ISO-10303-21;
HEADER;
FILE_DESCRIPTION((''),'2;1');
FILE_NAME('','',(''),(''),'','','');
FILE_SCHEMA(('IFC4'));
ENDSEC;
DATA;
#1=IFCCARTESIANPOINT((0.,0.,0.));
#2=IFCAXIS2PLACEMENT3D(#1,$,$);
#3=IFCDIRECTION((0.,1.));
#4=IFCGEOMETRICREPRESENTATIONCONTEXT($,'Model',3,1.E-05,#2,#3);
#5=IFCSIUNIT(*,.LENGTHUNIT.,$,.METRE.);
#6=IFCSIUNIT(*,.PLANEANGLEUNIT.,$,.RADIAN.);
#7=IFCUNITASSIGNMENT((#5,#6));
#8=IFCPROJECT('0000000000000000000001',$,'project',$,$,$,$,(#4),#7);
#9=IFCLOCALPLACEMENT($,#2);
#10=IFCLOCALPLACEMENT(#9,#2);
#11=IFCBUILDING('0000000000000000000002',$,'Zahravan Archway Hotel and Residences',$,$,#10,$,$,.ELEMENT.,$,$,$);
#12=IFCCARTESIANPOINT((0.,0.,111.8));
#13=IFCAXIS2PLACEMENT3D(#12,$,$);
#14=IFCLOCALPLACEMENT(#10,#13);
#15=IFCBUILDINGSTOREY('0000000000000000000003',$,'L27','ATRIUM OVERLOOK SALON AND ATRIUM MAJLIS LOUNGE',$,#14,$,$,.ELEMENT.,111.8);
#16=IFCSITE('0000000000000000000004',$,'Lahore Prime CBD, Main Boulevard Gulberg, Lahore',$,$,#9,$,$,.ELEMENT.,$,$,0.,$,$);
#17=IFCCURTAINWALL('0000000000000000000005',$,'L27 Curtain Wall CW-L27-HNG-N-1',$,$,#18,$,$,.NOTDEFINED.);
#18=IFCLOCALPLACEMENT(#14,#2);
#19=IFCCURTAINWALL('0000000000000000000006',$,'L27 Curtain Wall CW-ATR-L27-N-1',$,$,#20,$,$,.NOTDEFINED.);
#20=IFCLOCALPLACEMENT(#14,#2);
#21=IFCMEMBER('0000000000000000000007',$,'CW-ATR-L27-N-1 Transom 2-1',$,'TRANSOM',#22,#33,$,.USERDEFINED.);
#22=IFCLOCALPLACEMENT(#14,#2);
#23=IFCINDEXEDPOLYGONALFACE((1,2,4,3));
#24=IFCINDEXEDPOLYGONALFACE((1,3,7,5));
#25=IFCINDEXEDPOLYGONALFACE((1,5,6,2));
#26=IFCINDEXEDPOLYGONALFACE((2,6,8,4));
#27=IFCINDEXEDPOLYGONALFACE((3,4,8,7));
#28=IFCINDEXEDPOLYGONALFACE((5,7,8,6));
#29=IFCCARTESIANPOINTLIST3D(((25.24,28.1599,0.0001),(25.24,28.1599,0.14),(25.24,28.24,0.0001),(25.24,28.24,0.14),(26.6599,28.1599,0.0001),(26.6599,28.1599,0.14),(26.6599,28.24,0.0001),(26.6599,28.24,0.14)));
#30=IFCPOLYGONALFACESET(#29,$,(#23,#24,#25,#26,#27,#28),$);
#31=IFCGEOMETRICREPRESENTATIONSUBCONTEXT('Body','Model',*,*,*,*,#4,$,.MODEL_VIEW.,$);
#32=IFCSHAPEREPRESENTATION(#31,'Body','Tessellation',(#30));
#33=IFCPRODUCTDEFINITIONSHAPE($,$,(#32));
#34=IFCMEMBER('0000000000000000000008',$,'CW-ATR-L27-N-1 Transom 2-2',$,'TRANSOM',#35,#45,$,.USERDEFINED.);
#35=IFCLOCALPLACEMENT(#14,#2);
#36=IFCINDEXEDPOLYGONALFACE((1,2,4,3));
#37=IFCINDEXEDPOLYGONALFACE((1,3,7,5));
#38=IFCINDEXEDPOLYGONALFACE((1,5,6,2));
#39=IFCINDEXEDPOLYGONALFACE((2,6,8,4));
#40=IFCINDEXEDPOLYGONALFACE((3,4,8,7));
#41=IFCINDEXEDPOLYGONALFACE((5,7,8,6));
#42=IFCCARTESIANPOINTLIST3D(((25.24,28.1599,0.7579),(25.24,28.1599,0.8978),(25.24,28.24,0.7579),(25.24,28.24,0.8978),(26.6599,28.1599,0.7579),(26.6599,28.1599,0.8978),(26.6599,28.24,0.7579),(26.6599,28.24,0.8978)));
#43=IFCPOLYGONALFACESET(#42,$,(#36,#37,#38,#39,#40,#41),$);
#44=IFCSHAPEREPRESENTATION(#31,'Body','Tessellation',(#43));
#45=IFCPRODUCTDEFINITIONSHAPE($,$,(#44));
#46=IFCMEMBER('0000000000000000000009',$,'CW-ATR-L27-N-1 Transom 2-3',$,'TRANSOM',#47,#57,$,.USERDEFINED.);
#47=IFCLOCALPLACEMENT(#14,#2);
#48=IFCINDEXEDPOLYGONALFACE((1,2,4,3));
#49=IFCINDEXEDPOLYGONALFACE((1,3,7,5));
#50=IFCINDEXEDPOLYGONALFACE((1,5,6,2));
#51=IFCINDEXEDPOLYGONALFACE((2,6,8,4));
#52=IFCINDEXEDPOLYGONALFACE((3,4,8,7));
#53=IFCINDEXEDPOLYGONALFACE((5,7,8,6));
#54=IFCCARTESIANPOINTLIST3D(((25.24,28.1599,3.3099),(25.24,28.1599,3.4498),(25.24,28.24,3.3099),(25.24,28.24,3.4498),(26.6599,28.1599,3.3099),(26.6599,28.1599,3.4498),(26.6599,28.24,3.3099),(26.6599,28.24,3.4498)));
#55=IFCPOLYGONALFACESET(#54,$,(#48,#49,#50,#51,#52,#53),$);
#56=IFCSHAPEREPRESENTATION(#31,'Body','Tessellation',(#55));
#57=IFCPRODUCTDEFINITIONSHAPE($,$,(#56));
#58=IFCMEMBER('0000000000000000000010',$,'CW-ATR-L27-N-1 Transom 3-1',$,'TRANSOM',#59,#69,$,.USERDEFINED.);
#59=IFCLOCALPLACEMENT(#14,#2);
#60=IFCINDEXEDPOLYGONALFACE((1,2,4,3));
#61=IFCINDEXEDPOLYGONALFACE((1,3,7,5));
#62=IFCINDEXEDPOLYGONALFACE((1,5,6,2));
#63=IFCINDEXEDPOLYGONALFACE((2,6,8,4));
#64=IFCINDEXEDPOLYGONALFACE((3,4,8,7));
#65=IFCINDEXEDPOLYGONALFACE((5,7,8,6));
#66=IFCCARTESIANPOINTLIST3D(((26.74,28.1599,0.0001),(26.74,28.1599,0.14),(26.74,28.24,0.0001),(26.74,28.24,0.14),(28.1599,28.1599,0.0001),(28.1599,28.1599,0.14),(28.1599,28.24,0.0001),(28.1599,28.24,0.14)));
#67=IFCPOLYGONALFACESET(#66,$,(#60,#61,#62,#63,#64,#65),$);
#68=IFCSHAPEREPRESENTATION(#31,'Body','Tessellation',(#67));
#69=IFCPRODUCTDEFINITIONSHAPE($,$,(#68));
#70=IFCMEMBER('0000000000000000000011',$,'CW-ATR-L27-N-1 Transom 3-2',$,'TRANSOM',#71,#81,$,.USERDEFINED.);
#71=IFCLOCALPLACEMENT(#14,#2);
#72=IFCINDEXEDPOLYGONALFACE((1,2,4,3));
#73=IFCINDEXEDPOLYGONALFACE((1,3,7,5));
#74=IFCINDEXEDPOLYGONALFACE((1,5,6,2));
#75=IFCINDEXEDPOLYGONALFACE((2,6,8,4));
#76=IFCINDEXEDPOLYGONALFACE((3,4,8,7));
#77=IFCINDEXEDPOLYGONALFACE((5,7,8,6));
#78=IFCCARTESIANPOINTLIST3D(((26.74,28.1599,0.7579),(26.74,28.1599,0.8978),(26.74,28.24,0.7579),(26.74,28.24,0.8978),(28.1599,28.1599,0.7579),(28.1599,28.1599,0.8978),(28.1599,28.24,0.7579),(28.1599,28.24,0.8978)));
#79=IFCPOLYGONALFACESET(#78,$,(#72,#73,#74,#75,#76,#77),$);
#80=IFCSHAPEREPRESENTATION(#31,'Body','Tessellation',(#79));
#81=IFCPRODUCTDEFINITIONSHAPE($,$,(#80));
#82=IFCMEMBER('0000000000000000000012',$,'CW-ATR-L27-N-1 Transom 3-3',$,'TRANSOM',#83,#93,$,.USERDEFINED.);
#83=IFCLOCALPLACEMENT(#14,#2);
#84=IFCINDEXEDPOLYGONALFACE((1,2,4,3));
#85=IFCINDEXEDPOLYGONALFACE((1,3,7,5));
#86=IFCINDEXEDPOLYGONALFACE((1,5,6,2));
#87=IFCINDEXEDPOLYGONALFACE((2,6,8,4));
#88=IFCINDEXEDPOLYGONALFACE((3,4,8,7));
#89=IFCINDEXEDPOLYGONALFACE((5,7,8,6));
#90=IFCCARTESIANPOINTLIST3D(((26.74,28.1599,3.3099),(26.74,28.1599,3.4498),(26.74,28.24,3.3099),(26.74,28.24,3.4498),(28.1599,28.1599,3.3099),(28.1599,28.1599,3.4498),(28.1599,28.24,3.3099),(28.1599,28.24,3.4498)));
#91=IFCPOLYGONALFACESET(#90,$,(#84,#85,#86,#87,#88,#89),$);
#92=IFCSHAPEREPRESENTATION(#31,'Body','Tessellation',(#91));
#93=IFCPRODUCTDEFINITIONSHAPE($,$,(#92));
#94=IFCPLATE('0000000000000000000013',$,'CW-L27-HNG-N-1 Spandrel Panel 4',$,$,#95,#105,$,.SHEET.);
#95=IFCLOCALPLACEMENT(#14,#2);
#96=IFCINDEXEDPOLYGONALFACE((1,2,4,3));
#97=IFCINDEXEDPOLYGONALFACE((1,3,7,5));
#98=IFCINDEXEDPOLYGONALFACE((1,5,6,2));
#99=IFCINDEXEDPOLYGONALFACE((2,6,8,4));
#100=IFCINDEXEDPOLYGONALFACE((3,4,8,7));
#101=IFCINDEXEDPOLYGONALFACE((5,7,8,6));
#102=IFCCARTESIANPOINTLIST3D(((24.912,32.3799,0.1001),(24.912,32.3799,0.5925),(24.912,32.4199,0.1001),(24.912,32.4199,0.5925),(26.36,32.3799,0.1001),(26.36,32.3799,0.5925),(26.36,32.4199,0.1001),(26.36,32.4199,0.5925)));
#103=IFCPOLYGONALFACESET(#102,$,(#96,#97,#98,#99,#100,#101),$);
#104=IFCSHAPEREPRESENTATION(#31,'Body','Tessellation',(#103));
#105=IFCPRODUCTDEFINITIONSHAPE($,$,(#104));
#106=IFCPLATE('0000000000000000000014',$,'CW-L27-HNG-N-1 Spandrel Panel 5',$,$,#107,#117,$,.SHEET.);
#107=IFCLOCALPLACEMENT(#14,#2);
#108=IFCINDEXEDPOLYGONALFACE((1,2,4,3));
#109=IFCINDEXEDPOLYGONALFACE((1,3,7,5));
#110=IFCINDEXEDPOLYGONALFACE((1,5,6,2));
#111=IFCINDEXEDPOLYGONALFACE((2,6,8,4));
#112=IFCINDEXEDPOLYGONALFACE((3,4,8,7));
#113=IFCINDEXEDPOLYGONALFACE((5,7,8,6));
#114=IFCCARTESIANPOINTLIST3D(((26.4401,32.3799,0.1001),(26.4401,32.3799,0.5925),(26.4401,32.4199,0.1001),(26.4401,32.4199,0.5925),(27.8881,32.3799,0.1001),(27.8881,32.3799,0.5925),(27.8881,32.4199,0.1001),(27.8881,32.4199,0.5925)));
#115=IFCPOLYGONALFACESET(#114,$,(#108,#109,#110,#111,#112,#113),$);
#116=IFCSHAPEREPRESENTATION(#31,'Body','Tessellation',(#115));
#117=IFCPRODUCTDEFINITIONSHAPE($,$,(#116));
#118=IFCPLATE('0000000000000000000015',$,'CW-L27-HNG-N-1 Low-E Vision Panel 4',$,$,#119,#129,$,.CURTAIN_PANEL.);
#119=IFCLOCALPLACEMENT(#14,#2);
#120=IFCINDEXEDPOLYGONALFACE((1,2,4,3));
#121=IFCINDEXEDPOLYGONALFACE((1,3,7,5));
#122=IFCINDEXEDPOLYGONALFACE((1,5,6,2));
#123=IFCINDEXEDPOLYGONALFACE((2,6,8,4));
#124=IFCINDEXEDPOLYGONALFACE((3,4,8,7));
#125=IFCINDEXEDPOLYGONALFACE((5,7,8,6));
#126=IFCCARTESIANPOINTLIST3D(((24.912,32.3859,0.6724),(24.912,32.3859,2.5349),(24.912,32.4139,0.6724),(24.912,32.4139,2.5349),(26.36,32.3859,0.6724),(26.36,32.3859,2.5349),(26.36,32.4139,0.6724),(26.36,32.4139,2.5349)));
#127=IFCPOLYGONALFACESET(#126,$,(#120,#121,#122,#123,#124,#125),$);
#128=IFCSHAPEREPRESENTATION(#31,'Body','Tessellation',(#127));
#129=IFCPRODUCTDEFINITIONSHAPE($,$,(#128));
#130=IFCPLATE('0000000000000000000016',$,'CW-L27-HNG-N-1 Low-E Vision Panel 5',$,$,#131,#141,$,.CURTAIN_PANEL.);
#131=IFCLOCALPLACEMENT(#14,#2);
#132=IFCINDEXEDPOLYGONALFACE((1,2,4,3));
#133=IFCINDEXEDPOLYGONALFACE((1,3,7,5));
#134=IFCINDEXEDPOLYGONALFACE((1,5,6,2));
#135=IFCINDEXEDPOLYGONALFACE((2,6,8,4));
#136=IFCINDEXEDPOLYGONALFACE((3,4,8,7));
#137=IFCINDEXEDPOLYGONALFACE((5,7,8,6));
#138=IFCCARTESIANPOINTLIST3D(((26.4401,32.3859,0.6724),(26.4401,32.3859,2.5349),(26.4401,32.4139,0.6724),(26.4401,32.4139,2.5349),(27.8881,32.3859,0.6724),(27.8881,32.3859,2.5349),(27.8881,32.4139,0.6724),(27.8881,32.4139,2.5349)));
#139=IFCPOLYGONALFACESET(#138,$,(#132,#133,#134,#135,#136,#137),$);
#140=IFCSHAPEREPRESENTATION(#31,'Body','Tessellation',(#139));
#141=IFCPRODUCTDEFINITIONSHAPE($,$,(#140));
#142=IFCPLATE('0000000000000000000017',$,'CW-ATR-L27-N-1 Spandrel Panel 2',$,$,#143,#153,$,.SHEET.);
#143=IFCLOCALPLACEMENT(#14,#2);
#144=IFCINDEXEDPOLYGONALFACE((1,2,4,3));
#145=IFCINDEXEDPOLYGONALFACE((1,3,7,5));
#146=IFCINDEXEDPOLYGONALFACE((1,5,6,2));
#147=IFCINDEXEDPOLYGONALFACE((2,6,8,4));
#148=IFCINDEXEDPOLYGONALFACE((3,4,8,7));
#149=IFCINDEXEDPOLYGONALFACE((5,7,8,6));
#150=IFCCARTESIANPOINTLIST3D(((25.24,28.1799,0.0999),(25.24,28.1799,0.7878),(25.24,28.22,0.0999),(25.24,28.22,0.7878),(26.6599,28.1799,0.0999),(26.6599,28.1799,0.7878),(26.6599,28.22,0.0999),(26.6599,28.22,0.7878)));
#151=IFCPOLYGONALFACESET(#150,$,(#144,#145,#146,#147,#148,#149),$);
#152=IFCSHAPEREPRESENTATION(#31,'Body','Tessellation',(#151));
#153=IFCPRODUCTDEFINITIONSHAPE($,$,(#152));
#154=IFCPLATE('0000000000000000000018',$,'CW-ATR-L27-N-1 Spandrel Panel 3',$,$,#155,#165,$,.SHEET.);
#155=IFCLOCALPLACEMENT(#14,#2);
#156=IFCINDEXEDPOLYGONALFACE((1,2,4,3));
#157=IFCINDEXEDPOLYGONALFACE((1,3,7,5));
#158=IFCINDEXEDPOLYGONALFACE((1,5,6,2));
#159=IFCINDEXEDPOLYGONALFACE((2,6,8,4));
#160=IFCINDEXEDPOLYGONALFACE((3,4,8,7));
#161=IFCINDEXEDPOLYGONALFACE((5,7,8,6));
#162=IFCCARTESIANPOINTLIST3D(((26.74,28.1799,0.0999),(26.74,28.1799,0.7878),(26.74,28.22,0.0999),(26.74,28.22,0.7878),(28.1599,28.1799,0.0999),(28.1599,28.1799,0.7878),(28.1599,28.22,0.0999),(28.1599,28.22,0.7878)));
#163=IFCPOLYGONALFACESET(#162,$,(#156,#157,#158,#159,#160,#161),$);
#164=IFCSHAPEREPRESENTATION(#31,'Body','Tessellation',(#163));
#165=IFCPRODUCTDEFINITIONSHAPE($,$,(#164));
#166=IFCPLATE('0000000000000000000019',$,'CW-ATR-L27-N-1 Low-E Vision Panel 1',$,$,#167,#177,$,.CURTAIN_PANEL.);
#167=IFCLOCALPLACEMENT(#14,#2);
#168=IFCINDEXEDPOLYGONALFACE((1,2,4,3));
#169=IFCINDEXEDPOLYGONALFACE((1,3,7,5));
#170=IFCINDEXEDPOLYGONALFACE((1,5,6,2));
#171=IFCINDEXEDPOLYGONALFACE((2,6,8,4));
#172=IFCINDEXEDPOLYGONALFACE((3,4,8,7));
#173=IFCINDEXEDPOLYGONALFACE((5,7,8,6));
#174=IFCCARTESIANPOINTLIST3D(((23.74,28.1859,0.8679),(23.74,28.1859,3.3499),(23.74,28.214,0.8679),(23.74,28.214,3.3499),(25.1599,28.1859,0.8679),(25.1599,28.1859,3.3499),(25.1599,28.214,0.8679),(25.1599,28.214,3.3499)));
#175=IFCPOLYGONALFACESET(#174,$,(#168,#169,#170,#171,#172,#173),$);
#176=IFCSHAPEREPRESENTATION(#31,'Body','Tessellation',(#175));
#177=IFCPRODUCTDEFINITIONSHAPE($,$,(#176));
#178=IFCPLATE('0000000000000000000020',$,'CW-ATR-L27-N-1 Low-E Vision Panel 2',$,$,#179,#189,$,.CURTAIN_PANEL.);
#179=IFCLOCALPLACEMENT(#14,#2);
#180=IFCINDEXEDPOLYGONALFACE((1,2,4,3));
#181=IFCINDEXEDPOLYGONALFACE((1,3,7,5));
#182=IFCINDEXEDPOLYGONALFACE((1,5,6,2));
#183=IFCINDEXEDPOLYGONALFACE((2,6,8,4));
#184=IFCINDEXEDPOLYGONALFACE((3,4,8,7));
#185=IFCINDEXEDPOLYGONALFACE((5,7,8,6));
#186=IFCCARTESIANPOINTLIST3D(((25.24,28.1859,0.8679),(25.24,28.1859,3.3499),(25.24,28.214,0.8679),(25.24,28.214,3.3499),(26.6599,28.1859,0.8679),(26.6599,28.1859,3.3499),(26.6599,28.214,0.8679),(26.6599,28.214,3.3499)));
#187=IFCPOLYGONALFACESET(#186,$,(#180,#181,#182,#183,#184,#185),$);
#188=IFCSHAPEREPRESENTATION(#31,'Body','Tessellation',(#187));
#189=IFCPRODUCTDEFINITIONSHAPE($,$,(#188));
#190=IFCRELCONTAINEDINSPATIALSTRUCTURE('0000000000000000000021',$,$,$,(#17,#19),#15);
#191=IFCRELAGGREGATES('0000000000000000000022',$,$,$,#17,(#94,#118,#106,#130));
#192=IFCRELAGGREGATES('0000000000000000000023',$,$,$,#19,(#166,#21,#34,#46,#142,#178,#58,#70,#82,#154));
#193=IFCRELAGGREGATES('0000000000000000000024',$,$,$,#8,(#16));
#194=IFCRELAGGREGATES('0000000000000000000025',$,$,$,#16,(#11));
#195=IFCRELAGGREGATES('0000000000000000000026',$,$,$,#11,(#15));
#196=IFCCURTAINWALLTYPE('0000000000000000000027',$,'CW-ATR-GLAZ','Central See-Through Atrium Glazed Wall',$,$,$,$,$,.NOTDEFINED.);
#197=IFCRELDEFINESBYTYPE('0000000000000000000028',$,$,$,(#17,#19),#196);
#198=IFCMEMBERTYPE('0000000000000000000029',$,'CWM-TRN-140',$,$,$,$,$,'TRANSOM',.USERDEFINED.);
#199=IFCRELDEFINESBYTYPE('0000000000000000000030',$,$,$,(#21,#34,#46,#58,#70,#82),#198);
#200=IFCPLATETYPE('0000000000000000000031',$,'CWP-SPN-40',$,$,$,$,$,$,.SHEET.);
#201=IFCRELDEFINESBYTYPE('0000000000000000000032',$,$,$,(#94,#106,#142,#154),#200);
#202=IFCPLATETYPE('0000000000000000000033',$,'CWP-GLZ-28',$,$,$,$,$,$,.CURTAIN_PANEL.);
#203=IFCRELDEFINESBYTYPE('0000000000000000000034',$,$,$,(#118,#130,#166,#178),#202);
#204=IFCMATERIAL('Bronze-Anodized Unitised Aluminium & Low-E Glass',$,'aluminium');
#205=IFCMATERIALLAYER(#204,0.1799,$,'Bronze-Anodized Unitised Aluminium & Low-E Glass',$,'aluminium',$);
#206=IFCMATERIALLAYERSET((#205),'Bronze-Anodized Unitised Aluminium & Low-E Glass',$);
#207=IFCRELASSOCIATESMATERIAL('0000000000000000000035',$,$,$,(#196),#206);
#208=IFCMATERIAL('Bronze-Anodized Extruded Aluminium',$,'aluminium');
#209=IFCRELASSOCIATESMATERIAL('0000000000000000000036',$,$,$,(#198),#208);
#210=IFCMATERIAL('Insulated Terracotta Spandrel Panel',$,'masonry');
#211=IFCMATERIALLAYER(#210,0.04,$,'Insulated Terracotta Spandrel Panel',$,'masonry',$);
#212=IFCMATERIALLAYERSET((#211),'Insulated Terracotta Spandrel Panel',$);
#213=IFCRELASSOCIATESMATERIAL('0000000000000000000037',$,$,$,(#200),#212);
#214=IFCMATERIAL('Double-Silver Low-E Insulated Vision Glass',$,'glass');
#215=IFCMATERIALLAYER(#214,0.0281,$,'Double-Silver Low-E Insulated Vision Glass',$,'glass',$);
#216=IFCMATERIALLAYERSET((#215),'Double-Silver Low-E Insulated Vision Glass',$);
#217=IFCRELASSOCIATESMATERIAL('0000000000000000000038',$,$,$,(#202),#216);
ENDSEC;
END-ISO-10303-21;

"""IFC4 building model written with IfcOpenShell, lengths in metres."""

from ifc_helpers import new_model, si_unit, direction, frame, origin, origin_2d, place, context, subcontext, project, spatial, rectangle, extrude, source, transform, mapped, material, layer, layer_set, material_profile, profile_set, type_object, element, aggregate, save


model = new_model("IFC4")

# Units and contexts
model_context = context("Model", 3, precision=1e-05, world=origin(), true_north=direction((0.0, 1.0)))
body_context = subcontext(model_context, "Body", "Model", "MODEL_VIEW")
ifc_project = project(units=[si_unit("LENGTHUNIT", "METRE"), si_unit("PLANEANGLEUNIT", "RADIAN")], contexts=[model_context])

# Site, building, storey
site_placement = place(None, origin())
site = spatial("IfcSite", under=ifc_project, at=site_placement, Name="Lahore Prime CBD, Main Boulevard Gulberg, Lahore", CompositionType="ELEMENT", RefElevation=0.0)
building_placement = place(site_placement, origin())
building = spatial("IfcBuilding", under=site, at=building_placement, Name="Zahravan Archway Hotel and Residences", CompositionType="ELEMENT")
storey_placement = place(building_placement, frame((0.0, 0.0, 111.8)))
storey = spatial("IfcBuildingStorey", under=building, at=storey_placement, Name="L27", Description="ATRIUM OVERLOOK SALON AND ATRIUM MAJLIS LOUNGE", CompositionType="ELEMENT", Elevation=111.8)

# Curtain walls, members
ifc_material_1 = material(Name="Bronze-Anodized Unitised Aluminium & Low-E Glass", Category="aluminium")
ifc_layer_1 = layer(ifc_material_1, 0.1799, Name="Bronze-Anodized Unitised Aluminium & Low-E Glass", Category="aluminium")
ifc_layer_set_1 = layer_set([ifc_layer_1], Name="Bronze-Anodized Unitised Aluminium & Low-E Glass")
curtain_wall_type = type_object("IfcCurtainWallType", Name="CW-ATR-GLAZ", Description="Central See-Through Atrium Glazed Wall", PredefinedType="NOTDEFINED", material=ifc_layer_set_1)
curtain_wall_1_placement = place(storey_placement, origin())
curtain_wall_1 = element("IfcCurtainWall", 1, at=curtain_wall_1_placement, inside=storey, type_object=curtain_wall_type, Name="L27 Curtain Wall CW-L27-HNG-N-1", PredefinedType="NOTDEFINED")
ifc_material_2 = material(Name="Bronze-Anodized Extruded Aluminium", Category="aluminium")
ifc_material_profile_1 = material_profile(ifc_material_2, rectangle(XDim=0.0801, YDim=0.1399, at=origin_2d()), Name="TRN 80x140", Category="aluminium")
ifc_profile_set_1 = profile_set([ifc_material_profile_1], Name="Bronze-Anodized Extruded Aluminium")
member_type_1 = type_object("IfcMemberType", Name="CWM-TRN-140", ElementType="TRANSOM", PredefinedType="USERDEFINED", material=ifc_profile_set_1)
curtain_wall_2_placement = place(storey_placement, origin())
curtain_wall_2 = element("IfcCurtainWall", 2, at=curtain_wall_2_placement, inside=storey, type_object=curtain_wall_type, Name="L27 Curtain Wall CW-ATR-L27-N-1", PredefinedType="NOTDEFINED")
shared_shape_1 = source(origin(), body_context, "Body", "SweptSolid", [
    extrude(rectangle(XDim=0.0801, YDim=0.1399, at=origin_2d()), origin(), (0.0, 0.0, 1.0), 1.4199),
])
member_1_placement = place(storey_placement, frame((25.24, 28.2, 0.0701), z_axis=(1.0, 0.0, 0.0), x_axis=(0.0, 1.0, 0.0)))
member_1 = element("IfcMember", 3, at=member_1_placement, type_object=member_type_1, Name="CW-ATR-L27-N-1 Transom 2-1", ObjectType="TRANSOM", PredefinedType="USERDEFINED", context=body_context, shape_type="MappedRepresentation", body=[
    mapped(shared_shape_1, transform((0.0, 0.0, 0.0), scale=1.0)),
])
member_2_placement = place(storey_placement, frame((25.24, 28.2, 0.8279), z_axis=(1.0, 0.0, 0.0), x_axis=(0.0, 1.0, 0.0)))
member_2 = element("IfcMember", 4, at=member_2_placement, type_object=member_type_1, Name="CW-ATR-L27-N-1 Transom 2-2", ObjectType="TRANSOM", PredefinedType="USERDEFINED", context=body_context, shape_type="MappedRepresentation", body=[
    mapped(shared_shape_1, transform((0.0, 0.0, 0.0), scale=1.0)),
])
member_3_placement = place(storey_placement, frame((25.24, 28.2, 3.3799), z_axis=(1.0, 0.0, 0.0), x_axis=(0.0, 1.0, 0.0)))
member_3 = element("IfcMember", 5, at=member_3_placement, type_object=member_type_1, Name="CW-ATR-L27-N-1 Transom 2-3", ObjectType="TRANSOM", PredefinedType="USERDEFINED", context=body_context, shape_type="MappedRepresentation", body=[
    mapped(shared_shape_1, transform((0.0, 0.0, 0.0), scale=1.0)),
])
member_4_placement = place(storey_placement, frame((26.74, 28.2, 0.0701), z_axis=(1.0, 0.0, 0.0), x_axis=(0.0, 1.0, 0.0)))
member_4 = element("IfcMember", 6, at=member_4_placement, type_object=member_type_1, Name="CW-ATR-L27-N-1 Transom 3-1", ObjectType="TRANSOM", PredefinedType="USERDEFINED", context=body_context, shape_type="MappedRepresentation", body=[
    mapped(shared_shape_1, transform((0.0, 0.0, 0.0), scale=1.0)),
])
member_5_placement = place(storey_placement, frame((26.74, 28.2, 0.8279), z_axis=(1.0, 0.0, 0.0), x_axis=(0.0, 1.0, 0.0)))
member_5 = element("IfcMember", 7, at=member_5_placement, type_object=member_type_1, Name="CW-ATR-L27-N-1 Transom 3-2", ObjectType="TRANSOM", PredefinedType="USERDEFINED", context=body_context, shape_type="MappedRepresentation", body=[
    mapped(shared_shape_1, transform((0.0, 0.0, 0.0), scale=1.0)),
])
member_6_placement = place(storey_placement, frame((26.74, 28.2, 3.3799), z_axis=(1.0, 0.0, 0.0), x_axis=(0.0, 1.0, 0.0)))
member_6 = element("IfcMember", 8, at=member_6_placement, type_object=member_type_1, Name="CW-ATR-L27-N-1 Transom 3-3", ObjectType="TRANSOM", PredefinedType="USERDEFINED", context=body_context, shape_type="MappedRepresentation", body=[
    mapped(shared_shape_1, transform((0.0, 0.0, 0.0), scale=1.0)),
])

# Plates
ifc_material_3 = material(Name="Insulated Terracotta Spandrel Panel", Category="masonry")
ifc_layer_2 = layer(ifc_material_3, 0.04, Name="Insulated Terracotta Spandrel Panel", Category="masonry")
ifc_layer_set_2 = layer_set([ifc_layer_2], Name="Insulated Terracotta Spandrel Panel")
plate_type_1 = type_object("IfcPlateType", Name="CWP-SPN-40", PredefinedType="SHEET", material=ifc_layer_set_2)
shared_shape_2 = source(origin(), body_context, "Body", "SweptSolid", [
    extrude(rectangle(XDim=1.448, YDim=0.04, at=origin_2d()), origin(), (0.0, 0.0, 1.0), 0.4924),
])
plate_1_placement = place(storey_placement, frame((25.636, 32.3999, 0.1001), z_axis=(0.0, 0.0, 1.0), x_axis=(1.0, 0.0, 0.0)))
plate_1 = element("IfcPlate", 9, at=plate_1_placement, type_object=plate_type_1, Name="CW-L27-HNG-N-1 Spandrel Panel 4", PredefinedType="SHEET", context=body_context, shape_type="MappedRepresentation", body=[
    mapped(shared_shape_2, transform((0.0, 0.0, 0.0), scale=1.0)),
])
plate_2_placement = place(storey_placement, frame((27.1641, 32.3999, 0.1001), z_axis=(0.0, 0.0, 1.0), x_axis=(1.0, 0.0, 0.0)))
plate_2 = element("IfcPlate", 10, at=plate_2_placement, type_object=plate_type_1, Name="CW-L27-HNG-N-1 Spandrel Panel 5", PredefinedType="SHEET", context=body_context, shape_type="MappedRepresentation", body=[
    mapped(shared_shape_2, transform((0.0, 0.0, 0.0), scale=1.0)),
])
ifc_material_4 = material(Name="Double-Silver Low-E Insulated Vision Glass", Category="glass")
ifc_layer_3 = layer(ifc_material_4, 0.0281, Name="Double-Silver Low-E Insulated Vision Glass", Category="glass")
ifc_layer_set_3 = layer_set([ifc_layer_3], Name="Double-Silver Low-E Insulated Vision Glass")
plate_type_2 = type_object("IfcPlateType", Name="CWP-GLZ-28", PredefinedType="CURTAIN_PANEL", material=ifc_layer_set_3)
shared_shape_3 = source(origin(), body_context, "Body", "SweptSolid", [
    extrude(rectangle(XDim=1.448, YDim=0.0281, at=origin_2d()), origin(), (0.0, 0.0, 1.0), 1.8625),
])
plate_3_placement = place(storey_placement, frame((25.636, 32.3999, 0.6724), z_axis=(0.0, 0.0, 1.0), x_axis=(1.0, 0.0, 0.0)))
plate_3 = element("IfcPlate", 11, at=plate_3_placement, type_object=plate_type_2, Name="CW-L27-HNG-N-1 Low-E Vision Panel 4", PredefinedType="CURTAIN_PANEL", context=body_context, shape_type="MappedRepresentation", body=[
    mapped(shared_shape_3, transform((0.0, 0.0, 0.0), scale=1.0)),
])
plate_4_placement = place(storey_placement, frame((27.1641, 32.3999, 0.6724), z_axis=(0.0, 0.0, 1.0), x_axis=(1.0, 0.0, 0.0)))
plate_4 = element("IfcPlate", 12, at=plate_4_placement, type_object=plate_type_2, Name="CW-L27-HNG-N-1 Low-E Vision Panel 5", PredefinedType="CURTAIN_PANEL", context=body_context, shape_type="MappedRepresentation", body=[
    mapped(shared_shape_3, transform((0.0, 0.0, 0.0), scale=1.0)),
])
aggregate(curtain_wall_1, [plate_1, plate_3, plate_2, plate_4])
shared_shape_4 = source(origin(), body_context, "Body", "SweptSolid", [
    extrude(rectangle(XDim=1.4199, YDim=0.04, at=origin_2d()), origin(), (0.0, 0.0, 1.0), 0.688),
])
plate_5_placement = place(storey_placement, frame((25.95, 28.2, 0.0999), z_axis=(0.0, 0.0, 1.0), x_axis=(1.0, 0.0, 0.0)))
plate_5 = element("IfcPlate", 13, at=plate_5_placement, type_object=plate_type_1, Name="CW-ATR-L27-N-1 Spandrel Panel 2", PredefinedType="SHEET", context=body_context, shape_type="MappedRepresentation", body=[
    mapped(shared_shape_4, transform((0.0, 0.0, 0.0), scale=1.0)),
])
plate_6_placement = place(storey_placement, frame((27.45, 28.2, 0.0999), z_axis=(0.0, 0.0, 1.0), x_axis=(1.0, 0.0, 0.0)))
plate_6 = element("IfcPlate", 14, at=plate_6_placement, type_object=plate_type_1, Name="CW-ATR-L27-N-1 Spandrel Panel 3", PredefinedType="SHEET", context=body_context, shape_type="MappedRepresentation", body=[
    mapped(shared_shape_4, transform((0.0, 0.0, 0.0), scale=1.0)),
])
shared_shape_5 = source(origin(), body_context, "Body", "SweptSolid", [
    extrude(rectangle(XDim=1.4199, YDim=0.0281, at=origin_2d()), origin(), (0.0, 0.0, 1.0), 2.4819),
])
plate_7_placement = place(storey_placement, frame((24.45, 28.2, 0.8679), z_axis=(0.0, 0.0, 1.0), x_axis=(1.0, 0.0, 0.0)))
plate_7 = element("IfcPlate", 15, at=plate_7_placement, type_object=plate_type_2, Name="CW-ATR-L27-N-1 Low-E Vision Panel 1", PredefinedType="CURTAIN_PANEL", context=body_context, shape_type="MappedRepresentation", body=[
    mapped(shared_shape_5, transform((0.0, 0.0, 0.0), scale=1.0)),
])
plate_8_placement = place(storey_placement, frame((25.95, 28.2, 0.8679), z_axis=(0.0, 0.0, 1.0), x_axis=(1.0, 0.0, 0.0)))
plate_8 = element("IfcPlate", 16, at=plate_8_placement, type_object=plate_type_2, Name="CW-ATR-L27-N-1 Low-E Vision Panel 2", PredefinedType="CURTAIN_PANEL", context=body_context, shape_type="MappedRepresentation", body=[
    mapped(shared_shape_5, transform((0.0, 0.0, 0.0), scale=1.0)),
])
aggregate(curtain_wall_2, [plate_7, member_1, member_2, member_3, plate_5, plate_8, member_4, member_5, member_6, plate_6])

save(model, "model.ifc")
